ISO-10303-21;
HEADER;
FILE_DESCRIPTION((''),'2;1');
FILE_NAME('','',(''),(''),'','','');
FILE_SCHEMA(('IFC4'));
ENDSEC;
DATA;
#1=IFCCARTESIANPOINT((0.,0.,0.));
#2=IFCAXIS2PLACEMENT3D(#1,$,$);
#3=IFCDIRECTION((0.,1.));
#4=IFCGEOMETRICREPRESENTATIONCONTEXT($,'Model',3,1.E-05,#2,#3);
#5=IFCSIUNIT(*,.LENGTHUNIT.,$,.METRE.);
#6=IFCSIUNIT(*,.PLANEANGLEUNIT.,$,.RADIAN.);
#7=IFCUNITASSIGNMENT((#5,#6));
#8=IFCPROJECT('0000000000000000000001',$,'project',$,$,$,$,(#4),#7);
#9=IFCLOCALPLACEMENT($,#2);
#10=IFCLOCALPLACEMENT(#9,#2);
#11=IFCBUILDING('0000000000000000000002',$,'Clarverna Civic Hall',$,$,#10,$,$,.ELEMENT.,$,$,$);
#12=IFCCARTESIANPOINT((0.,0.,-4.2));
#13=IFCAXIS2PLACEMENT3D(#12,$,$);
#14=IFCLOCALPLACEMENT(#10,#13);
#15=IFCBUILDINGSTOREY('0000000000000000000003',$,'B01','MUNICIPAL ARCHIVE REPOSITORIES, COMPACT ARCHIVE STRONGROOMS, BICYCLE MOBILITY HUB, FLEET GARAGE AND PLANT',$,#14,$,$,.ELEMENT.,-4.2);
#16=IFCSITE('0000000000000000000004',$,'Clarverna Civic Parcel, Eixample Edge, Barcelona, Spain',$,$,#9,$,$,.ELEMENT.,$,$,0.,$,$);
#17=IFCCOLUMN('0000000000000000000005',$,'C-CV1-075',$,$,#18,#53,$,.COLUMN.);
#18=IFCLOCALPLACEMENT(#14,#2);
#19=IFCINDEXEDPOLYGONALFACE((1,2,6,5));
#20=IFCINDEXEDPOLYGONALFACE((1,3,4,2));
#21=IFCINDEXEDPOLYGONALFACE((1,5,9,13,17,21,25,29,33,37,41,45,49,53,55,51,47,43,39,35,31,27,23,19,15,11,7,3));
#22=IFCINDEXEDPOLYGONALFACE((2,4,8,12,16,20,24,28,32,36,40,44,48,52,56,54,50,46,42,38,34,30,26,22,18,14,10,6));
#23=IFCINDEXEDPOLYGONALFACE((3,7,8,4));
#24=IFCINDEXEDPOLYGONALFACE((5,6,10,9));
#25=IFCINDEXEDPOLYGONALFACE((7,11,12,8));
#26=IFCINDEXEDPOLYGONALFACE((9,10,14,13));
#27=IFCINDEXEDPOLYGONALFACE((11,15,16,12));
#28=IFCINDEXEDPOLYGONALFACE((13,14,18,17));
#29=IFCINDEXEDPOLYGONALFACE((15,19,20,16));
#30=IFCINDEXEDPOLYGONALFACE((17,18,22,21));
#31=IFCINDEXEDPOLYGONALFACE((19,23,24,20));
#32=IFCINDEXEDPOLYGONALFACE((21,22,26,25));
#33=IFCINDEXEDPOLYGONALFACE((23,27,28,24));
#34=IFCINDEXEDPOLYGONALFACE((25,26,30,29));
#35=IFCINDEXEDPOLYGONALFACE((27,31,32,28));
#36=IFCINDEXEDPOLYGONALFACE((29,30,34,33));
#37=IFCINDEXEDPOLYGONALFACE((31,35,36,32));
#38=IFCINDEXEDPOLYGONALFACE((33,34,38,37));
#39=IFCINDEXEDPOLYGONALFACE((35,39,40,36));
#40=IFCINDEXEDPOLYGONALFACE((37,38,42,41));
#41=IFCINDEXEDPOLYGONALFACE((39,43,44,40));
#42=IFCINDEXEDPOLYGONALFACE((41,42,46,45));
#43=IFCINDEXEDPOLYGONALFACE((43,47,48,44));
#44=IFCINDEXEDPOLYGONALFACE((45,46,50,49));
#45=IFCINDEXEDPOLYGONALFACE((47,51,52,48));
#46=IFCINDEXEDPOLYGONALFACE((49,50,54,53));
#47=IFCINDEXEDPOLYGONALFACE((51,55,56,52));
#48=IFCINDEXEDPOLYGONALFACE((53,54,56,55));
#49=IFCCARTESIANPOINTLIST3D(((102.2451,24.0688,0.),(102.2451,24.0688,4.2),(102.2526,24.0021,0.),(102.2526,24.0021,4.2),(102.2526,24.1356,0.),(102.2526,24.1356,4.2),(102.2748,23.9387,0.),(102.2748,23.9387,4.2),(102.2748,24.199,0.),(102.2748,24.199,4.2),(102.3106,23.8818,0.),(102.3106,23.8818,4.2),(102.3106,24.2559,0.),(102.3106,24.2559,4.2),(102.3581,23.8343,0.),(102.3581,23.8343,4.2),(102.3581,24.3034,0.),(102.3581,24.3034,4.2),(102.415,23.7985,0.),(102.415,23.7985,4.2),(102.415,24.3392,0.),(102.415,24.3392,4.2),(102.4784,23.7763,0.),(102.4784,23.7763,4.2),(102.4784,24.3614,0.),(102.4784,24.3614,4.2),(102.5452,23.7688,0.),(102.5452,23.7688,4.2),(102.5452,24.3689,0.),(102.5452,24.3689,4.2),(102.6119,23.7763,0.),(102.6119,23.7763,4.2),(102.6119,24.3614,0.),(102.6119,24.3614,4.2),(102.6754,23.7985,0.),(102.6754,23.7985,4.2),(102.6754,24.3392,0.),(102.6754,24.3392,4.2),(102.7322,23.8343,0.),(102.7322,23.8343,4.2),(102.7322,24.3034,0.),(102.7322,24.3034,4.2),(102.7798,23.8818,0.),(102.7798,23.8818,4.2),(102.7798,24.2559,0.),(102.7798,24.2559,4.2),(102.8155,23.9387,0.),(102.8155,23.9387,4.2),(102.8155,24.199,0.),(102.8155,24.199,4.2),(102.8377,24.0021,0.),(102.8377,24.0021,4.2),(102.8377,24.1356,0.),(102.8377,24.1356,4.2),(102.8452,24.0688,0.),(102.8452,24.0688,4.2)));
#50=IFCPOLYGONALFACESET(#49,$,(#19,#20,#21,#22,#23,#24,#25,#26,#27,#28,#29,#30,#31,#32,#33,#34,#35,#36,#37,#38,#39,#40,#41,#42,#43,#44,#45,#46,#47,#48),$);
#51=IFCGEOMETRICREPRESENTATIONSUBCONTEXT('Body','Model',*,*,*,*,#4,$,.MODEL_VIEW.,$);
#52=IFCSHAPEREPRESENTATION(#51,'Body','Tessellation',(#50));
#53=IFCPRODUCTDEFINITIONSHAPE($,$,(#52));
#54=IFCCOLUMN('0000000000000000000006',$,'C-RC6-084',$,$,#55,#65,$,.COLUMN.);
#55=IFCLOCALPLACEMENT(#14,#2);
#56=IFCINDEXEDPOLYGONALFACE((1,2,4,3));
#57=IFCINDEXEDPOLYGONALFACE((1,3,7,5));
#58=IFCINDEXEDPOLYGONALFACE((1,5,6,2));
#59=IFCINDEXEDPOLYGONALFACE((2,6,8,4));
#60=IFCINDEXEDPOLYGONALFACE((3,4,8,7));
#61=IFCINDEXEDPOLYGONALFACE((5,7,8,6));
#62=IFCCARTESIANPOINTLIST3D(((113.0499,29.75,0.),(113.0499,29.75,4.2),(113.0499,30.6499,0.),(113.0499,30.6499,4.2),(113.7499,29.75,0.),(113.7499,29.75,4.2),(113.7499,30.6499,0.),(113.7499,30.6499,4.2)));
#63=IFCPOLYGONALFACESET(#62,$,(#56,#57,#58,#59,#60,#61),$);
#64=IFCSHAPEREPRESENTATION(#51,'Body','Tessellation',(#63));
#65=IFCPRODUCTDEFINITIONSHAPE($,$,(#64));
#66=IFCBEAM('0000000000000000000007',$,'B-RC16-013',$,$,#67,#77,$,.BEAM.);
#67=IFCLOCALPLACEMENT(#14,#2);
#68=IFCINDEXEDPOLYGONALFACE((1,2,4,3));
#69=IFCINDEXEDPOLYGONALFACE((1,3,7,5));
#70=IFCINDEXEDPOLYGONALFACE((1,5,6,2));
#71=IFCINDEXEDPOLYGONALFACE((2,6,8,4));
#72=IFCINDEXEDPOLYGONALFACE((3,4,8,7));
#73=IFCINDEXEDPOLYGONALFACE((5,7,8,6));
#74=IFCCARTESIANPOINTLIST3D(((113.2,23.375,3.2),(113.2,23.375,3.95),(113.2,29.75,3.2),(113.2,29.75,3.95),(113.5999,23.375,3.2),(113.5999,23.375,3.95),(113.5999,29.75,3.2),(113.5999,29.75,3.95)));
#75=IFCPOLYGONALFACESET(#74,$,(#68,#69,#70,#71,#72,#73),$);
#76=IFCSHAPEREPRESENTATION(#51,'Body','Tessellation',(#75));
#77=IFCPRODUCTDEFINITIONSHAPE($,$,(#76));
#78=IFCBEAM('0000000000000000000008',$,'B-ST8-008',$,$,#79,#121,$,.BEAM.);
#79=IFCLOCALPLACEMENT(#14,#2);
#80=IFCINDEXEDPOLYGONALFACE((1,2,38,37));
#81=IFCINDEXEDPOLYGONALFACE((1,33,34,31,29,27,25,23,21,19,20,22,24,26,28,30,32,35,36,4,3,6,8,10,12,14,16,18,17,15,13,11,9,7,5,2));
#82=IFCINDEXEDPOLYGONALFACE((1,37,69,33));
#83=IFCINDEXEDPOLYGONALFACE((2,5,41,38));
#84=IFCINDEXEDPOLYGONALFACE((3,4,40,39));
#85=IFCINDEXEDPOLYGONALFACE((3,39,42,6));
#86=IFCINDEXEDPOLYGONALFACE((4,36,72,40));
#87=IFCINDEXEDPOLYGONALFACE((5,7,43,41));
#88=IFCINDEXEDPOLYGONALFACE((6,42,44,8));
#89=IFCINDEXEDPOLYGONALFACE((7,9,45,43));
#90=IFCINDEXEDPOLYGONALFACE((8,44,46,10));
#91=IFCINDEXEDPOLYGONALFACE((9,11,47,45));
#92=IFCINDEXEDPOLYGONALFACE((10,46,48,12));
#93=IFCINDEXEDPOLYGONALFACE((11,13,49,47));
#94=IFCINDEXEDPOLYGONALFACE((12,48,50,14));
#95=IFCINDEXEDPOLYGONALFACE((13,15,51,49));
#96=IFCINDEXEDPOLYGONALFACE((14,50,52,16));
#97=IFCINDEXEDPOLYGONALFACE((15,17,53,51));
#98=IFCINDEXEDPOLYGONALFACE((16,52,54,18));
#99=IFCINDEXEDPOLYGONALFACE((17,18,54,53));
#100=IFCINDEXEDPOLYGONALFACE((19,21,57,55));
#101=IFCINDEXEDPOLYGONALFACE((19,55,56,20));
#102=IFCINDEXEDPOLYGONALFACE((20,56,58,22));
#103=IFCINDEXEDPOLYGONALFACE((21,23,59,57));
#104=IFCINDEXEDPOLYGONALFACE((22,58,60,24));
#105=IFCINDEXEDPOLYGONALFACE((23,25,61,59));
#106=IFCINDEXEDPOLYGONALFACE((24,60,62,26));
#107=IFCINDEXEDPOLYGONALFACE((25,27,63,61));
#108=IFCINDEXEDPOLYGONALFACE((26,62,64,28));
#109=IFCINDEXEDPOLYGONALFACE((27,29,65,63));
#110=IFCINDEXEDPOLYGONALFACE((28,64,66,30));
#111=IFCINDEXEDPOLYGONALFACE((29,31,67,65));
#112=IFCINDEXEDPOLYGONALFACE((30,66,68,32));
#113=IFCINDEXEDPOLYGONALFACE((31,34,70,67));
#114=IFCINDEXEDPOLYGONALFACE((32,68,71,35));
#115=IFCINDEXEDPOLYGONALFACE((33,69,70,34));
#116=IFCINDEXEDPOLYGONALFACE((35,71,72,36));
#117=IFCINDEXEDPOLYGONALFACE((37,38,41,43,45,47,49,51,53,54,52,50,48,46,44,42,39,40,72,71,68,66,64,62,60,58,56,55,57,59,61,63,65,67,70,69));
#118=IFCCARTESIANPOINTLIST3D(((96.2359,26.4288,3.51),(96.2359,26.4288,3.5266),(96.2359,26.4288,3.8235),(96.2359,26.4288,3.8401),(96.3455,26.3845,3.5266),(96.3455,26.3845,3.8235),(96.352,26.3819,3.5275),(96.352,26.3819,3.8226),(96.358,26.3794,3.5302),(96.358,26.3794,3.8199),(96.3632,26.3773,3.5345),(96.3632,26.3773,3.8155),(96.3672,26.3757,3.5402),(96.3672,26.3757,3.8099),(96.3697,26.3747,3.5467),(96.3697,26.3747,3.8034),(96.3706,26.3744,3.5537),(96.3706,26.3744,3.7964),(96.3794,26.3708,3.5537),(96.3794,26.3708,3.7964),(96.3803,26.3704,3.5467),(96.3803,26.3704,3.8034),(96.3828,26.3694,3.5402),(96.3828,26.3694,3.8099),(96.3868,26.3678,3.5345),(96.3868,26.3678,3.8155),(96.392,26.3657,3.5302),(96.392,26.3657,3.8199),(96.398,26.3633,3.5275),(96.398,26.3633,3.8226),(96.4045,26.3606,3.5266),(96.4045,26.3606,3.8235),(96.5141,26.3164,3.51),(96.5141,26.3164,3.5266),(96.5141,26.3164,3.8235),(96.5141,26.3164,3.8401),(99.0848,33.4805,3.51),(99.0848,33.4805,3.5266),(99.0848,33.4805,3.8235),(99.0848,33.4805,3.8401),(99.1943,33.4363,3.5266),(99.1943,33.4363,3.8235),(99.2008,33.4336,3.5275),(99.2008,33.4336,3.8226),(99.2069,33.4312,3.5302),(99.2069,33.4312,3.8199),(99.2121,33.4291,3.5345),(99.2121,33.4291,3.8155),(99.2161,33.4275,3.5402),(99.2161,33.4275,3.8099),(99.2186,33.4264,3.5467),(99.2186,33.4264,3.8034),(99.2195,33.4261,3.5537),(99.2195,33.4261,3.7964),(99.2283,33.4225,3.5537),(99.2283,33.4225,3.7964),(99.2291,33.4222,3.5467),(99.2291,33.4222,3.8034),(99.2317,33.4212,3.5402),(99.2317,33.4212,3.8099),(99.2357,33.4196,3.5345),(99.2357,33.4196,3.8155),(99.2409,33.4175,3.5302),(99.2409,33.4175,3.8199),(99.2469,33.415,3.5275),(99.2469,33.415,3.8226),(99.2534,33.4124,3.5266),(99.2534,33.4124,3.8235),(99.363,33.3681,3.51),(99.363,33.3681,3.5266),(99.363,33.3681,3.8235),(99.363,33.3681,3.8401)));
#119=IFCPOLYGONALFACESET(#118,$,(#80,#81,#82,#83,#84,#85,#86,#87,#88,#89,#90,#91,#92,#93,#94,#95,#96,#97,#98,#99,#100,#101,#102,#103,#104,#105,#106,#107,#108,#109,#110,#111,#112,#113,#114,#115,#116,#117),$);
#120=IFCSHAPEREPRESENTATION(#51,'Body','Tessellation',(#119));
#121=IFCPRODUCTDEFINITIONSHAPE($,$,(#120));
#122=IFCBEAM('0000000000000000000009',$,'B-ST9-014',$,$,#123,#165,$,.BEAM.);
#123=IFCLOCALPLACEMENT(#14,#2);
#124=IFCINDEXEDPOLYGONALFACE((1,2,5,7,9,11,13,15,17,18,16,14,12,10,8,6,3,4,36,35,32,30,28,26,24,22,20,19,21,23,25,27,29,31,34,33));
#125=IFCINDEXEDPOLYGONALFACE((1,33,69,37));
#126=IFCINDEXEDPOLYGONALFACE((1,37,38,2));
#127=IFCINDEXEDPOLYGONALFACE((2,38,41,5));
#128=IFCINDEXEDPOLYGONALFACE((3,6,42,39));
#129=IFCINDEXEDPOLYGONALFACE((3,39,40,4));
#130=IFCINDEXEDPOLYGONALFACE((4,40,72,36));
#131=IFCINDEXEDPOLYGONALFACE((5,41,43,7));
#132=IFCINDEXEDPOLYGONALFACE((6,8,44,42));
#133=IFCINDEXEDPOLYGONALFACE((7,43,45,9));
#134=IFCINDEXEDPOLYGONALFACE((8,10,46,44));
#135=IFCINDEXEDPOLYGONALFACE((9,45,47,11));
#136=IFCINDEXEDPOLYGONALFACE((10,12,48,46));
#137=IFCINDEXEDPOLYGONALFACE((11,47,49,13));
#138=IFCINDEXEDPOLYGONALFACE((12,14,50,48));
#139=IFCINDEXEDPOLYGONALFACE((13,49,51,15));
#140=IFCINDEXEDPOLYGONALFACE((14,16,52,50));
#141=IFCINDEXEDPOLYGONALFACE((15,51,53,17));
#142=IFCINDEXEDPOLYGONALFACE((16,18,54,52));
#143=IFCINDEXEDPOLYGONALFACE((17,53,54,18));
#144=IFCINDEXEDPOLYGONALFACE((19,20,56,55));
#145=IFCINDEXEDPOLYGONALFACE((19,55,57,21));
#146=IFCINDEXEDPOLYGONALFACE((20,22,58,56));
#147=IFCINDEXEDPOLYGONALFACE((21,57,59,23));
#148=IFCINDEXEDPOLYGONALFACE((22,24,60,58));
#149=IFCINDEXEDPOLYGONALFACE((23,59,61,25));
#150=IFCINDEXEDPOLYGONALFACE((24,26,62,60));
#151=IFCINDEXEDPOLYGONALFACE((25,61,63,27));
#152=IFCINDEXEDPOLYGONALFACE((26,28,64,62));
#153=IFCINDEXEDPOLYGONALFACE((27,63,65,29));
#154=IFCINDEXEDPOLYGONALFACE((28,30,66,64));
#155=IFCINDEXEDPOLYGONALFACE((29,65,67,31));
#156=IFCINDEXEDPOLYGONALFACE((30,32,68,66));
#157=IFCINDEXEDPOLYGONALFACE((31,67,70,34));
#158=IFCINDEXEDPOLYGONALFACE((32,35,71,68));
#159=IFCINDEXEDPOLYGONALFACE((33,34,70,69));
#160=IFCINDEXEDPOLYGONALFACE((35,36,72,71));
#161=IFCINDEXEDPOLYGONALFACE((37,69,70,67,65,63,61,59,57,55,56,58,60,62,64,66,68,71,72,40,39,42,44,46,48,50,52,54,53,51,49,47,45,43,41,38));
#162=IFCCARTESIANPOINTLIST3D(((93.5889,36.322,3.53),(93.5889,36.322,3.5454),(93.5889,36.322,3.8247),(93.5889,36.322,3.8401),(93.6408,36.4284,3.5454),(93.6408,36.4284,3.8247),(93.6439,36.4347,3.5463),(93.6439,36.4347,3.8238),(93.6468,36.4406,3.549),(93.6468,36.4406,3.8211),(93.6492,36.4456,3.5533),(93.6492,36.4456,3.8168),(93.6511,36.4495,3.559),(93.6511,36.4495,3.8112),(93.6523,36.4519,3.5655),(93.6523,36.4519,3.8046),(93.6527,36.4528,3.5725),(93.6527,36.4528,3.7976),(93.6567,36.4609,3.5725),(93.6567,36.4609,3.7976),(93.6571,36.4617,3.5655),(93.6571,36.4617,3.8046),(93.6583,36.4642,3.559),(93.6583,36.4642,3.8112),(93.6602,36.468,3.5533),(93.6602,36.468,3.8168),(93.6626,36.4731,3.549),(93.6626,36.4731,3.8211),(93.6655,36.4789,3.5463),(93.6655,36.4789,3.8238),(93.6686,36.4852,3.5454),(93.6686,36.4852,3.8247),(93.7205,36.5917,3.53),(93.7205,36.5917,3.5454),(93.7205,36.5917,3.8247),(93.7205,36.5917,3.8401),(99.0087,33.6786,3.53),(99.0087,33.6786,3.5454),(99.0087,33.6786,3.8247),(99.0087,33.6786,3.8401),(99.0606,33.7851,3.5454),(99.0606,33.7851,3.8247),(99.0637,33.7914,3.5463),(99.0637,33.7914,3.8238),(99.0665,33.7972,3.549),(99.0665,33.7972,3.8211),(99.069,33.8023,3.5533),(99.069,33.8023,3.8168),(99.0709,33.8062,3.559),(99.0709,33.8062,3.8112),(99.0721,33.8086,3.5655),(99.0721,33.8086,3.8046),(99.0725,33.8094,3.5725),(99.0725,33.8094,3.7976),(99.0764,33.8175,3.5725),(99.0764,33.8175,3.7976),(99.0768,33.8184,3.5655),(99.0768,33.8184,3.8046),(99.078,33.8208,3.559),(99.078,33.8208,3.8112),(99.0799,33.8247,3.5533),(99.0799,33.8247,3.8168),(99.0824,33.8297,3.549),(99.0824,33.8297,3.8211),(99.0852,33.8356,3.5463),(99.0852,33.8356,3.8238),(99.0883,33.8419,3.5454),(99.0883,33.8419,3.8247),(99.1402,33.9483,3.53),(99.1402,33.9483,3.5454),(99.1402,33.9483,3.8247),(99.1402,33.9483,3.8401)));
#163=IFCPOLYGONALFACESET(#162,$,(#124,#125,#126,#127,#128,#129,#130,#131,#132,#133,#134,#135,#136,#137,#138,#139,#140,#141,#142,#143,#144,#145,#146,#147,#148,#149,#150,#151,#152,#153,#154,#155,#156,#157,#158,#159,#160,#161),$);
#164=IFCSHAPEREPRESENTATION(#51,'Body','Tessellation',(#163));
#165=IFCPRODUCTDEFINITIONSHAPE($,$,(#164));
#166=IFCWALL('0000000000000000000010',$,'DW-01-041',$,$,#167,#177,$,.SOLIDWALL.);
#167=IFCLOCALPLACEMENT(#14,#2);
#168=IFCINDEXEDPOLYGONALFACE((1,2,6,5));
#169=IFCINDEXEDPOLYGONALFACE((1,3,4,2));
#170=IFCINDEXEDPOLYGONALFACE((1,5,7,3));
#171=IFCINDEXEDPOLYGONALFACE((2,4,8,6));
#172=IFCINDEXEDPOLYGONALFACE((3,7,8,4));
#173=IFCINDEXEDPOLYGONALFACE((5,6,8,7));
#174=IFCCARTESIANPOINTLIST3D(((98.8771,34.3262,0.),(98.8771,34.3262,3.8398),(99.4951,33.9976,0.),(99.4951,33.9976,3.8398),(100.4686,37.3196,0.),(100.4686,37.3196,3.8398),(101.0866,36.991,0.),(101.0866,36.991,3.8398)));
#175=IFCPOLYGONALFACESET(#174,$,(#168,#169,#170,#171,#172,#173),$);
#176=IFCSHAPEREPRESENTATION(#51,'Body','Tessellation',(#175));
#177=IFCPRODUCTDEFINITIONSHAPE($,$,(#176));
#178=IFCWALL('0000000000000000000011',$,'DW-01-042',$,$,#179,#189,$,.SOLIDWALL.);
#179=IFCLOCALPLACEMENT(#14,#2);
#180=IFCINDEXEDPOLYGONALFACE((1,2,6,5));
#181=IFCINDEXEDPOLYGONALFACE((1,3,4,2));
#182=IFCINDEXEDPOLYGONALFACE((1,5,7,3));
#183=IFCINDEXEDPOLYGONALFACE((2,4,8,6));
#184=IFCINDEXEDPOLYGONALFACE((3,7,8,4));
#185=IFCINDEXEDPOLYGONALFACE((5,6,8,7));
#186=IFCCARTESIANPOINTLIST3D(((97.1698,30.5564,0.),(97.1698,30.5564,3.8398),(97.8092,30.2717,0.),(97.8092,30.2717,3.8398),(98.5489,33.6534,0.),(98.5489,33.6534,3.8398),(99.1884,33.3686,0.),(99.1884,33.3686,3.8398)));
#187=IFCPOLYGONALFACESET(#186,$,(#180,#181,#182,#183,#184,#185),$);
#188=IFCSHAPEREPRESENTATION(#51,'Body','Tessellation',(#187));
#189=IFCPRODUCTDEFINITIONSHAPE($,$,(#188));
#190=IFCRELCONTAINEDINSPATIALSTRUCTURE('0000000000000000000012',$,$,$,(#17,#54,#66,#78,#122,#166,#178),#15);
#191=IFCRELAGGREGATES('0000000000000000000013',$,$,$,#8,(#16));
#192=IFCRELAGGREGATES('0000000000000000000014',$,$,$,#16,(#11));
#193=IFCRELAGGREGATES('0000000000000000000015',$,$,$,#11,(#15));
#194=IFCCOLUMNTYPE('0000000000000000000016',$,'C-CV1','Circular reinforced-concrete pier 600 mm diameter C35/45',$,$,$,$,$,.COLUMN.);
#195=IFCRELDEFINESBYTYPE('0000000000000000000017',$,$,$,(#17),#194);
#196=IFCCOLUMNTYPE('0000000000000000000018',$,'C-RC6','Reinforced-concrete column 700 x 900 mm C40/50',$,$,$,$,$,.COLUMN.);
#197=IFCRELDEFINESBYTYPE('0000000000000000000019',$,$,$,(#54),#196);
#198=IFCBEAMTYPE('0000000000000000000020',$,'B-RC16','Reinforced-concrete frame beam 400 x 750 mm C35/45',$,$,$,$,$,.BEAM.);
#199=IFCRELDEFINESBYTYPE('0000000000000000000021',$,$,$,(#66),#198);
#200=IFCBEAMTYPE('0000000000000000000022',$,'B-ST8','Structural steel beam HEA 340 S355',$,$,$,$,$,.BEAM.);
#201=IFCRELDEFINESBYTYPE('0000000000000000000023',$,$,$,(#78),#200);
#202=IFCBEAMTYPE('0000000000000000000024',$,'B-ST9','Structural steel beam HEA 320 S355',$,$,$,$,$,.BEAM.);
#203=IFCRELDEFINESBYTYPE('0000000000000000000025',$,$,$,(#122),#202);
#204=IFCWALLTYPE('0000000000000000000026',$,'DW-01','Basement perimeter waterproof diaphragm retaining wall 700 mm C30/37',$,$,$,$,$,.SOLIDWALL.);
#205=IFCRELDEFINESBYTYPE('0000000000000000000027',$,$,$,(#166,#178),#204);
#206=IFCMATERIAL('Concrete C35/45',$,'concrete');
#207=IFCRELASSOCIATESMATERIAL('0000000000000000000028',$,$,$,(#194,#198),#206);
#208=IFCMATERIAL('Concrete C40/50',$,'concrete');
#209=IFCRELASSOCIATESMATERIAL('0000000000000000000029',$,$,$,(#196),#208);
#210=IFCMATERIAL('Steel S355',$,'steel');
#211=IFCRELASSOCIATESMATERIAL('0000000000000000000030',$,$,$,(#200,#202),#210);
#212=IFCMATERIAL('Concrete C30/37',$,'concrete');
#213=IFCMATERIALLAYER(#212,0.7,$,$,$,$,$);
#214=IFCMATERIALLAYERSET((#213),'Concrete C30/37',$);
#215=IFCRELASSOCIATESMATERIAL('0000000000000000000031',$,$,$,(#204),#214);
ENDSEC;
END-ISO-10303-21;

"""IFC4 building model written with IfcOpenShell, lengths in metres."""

from ifc_helpers import new_model, si_unit, direction, frame, frame_2d, origin, origin_2d, place, context, subcontext, project, spatial, rectangle, circle, i_section, extrude, material, layer, layer_set, material_profile, profile_set, type_object, element, save


model = new_model("IFC4")

# Units and contexts
model_context = context("Model", 3, precision=1e-05, world=origin(), true_north=direction((0.0, 1.0)))
body_context = subcontext(model_context, "Body", "Model", "MODEL_VIEW")
ifc_project = project(units=[si_unit("LENGTHUNIT", "METRE"), si_unit("PLANEANGLEUNIT", "RADIAN")], contexts=[model_context])

# Site, building, storey
site_placement = place(None, origin())
site = spatial("IfcSite", under=ifc_project, at=site_placement, Name="Clarverna Civic Parcel, Eixample Edge, Barcelona, Spain", CompositionType="ELEMENT", RefElevation=0.0)
building_placement = place(site_placement, origin())
building = spatial("IfcBuilding", under=site, at=building_placement, Name="Clarverna Civic Hall", CompositionType="ELEMENT")
storey_placement = place(building_placement, frame((0.0, 0.0, -4.2)))
storey = spatial("IfcBuildingStorey", under=building, at=storey_placement, Name="B01", Description="MUNICIPAL ARCHIVE REPOSITORIES, COMPACT ARCHIVE STRONGROOMS, BICYCLE MOBILITY HUB, FLEET GARAGE AND PLANT", CompositionType="ELEMENT", Elevation=-4.2)

# Shared definitions
ifc_material_1 = material(Name="Concrete C30/37", Category="concrete")

# Columns
ifc_material_2 = material(Name="Concrete C35/45", Category="concrete")
ifc_material_profile_1 = material_profile(ifc_material_2, circle(Radius=0.3, at=origin_2d()), Name="RC D600")
ifc_profile_set_1 = profile_set([ifc_material_profile_1], Name="Concrete C35/45")
column_type_1 = type_object("IfcColumnType", Name="C-CV1", Description="Circular reinforced-concrete pier 600 mm diameter C35/45", PredefinedType="COLUMN", material=ifc_profile_set_1)
for number, where, z_axis, x_axis, name in (
    (1, (102.5452, 24.0688, 0.0), (0.0, 0.0, 1.0), (1.0, 0.0, 0.0), "C-CV1-075"),
):
    element("IfcColumn", number, at=place(storey_placement, frame(where, z_axis=z_axis, x_axis=x_axis)), inside=storey, type_object=column_type_1, Name=name, PredefinedType="COLUMN", context=body_context, shape_type="SweptSolid", body=[
        extrude(circle(Radius=0.3, at=origin_2d()), origin(), (0.0, 0.0, 1.0), 4.2),
    ])
ifc_material_3 = material(Name="Concrete C40/50", Category="concrete")
ifc_material_profile_2 = material_profile(ifc_material_3, rectangle(XDim=0.7, YDim=0.8999, at=origin_2d()), Name="RC 700x900")
ifc_profile_set_2 = profile_set([ifc_material_profile_2], Name="Concrete C40/50")
column_type_2 = type_object("IfcColumnType", Name="C-RC6", Description="Reinforced-concrete column 700 x 900 mm C40/50", PredefinedType="COLUMN", material=ifc_profile_set_2)
column_placement = place(storey_placement, frame((113.3999, 30.2, 0.0), z_axis=(0.0, 0.0, 1.0), x_axis=(1.0, 0.0, 0.0)))
element("IfcColumn", 2, at=column_placement, inside=storey, type_object=column_type_2, Name="C-RC6-084", PredefinedType="COLUMN", context=body_context, shape_type="SweptSolid", body=[
    extrude(rectangle(XDim=0.7, YDim=0.8999, at=origin_2d()), origin(), (0.0, 0.0, 1.0), 4.2),
])

# Beams
ifc_material_profile_3 = material_profile(ifc_material_2, rectangle(XDim=0.3999, YDim=0.75, at=origin_2d()), Name="RC 400x750")
ifc_profile_set_3 = profile_set([ifc_material_profile_3], Name="Concrete C35/45")
beam_type_1 = type_object("IfcBeamType", Name="B-RC16", Description="Reinforced-concrete frame beam 400 x 750 mm C35/45", PredefinedType="BEAM", material=ifc_profile_set_3)
beam_1_placement = place(storey_placement, frame((113.3999, 23.375, 3.575), z_axis=(0.0, 1.0, 0.0), x_axis=(-1.0, 0.0, 0.0)))
element("IfcBeam", 3, at=beam_1_placement, inside=storey, type_object=beam_type_1, Name="B-RC16-013", PredefinedType="BEAM", context=body_context, shape_type="SweptSolid", body=[
    extrude(rectangle(XDim=0.3999, YDim=0.75, at=origin_2d()), origin(), (0.0, 0.0, 1.0), 6.375),
])
ifc_material_4 = material(Name="Steel S355", Category="steel")
ifc_material_profile_4 = material_profile(ifc_material_4, i_section(OverallWidth=0.3, OverallDepth=0.3301, WebThickness=0.0095, FlangeThickness=0.0166, FilletRadius=0.0271, at=origin_2d()), Name="HEA 340")
ifc_profile_set_4 = profile_set([ifc_material_profile_4], Name="Steel S355")
beam_type_2 = type_object("IfcBeamType", Name="B-ST8", Description="Structural steel beam HEA 340 S355", PredefinedType="BEAM", material=ifc_profile_set_4)
beam_2_placement = place(storey_placement, frame((99.2239, 33.4243, 3.675), z_axis=(-0.374582, -0.927194, 0.0), x_axis=(0.927194, -0.374582, 0.0)))
element("IfcBeam", 4, at=beam_2_placement, inside=storey, type_object=beam_type_2, Name="B-ST8-008", PredefinedType="BEAM", context=body_context, shape_type="SweptSolid", body=[
    extrude(i_section(OverallWidth=0.3, OverallDepth=0.3301, WebThickness=0.0095, FlangeThickness=0.0166, FilletRadius=0.0271, at=origin_2d()), origin(), (0.0, 0.0, 1.0), 7.6055),
])
ifc_material_profile_5 = material_profile(ifc_material_4, i_section(OverallWidth=0.3, OverallDepth=0.3101, WebThickness=0.009, FlangeThickness=0.0154, FilletRadius=0.0271, at=origin_2d()), Name="HEA 320")
ifc_profile_set_5 = profile_set([ifc_material_profile_5], Name="Steel S355")
beam_type_3 = type_object("IfcBeamType", Name="B-ST9", Description="Structural steel beam HEA 320 S355", PredefinedType="BEAM", material=ifc_profile_set_5)
beam_3_placement = place(storey_placement, frame((99.0745, 33.8135, 3.6851), z_axis=(-0.898797, 0.438365, 0.0), x_axis=(-0.438365, -0.898797, 0.0)))
element("IfcBeam", 5, at=beam_3_placement, inside=storey, type_object=beam_type_3, Name="B-ST9-014", PredefinedType="BEAM", context=body_context, shape_type="SweptSolid", body=[
    extrude(i_section(OverallWidth=0.3, OverallDepth=0.3101, WebThickness=0.009, FlangeThickness=0.0154, FilletRadius=0.0271, at=origin_2d()), origin(), (0.0, 0.0, 1.0), 6.03),
])

# Walls
ifc_layer = layer(ifc_material_1, 0.7)
ifc_layer_set = layer_set([ifc_layer], Name="Concrete C30/37")
wall_type = type_object("IfcWallType", Name="DW-01", Description="Basement perimeter waterproof diaphragm retaining wall 700 mm C30/37", PredefinedType="SOLIDWALL", material=ifc_layer_set)
for number, where, z_axis, x_axis, name in (
    (6, (100.7776, 37.1553, 0.0), (0.0, 0.0, 1.0), (-0.469455, -0.882956, 0.0), "DW-01-041"),
    (7, (98.8687, 33.511, 0.0), (0.0, 0.0, 1.0), (-0.406813, -0.913511, 0.0), "DW-01-042"),
):
    element("IfcWall", number, at=place(storey_placement, frame(where, z_axis=z_axis, x_axis=x_axis)), inside=storey, type_object=wall_type, Name=name, PredefinedType="SOLIDWALL", context=body_context, shape_type="SweptSolid", body=[
        extrude(rectangle(XDim=3.3901, YDim=0.7, at=frame_2d((1.6951, 0.0))), origin(), (0.0, 0.0, 1.0), 3.8398),
    ])

save(model, "model.ifc")
